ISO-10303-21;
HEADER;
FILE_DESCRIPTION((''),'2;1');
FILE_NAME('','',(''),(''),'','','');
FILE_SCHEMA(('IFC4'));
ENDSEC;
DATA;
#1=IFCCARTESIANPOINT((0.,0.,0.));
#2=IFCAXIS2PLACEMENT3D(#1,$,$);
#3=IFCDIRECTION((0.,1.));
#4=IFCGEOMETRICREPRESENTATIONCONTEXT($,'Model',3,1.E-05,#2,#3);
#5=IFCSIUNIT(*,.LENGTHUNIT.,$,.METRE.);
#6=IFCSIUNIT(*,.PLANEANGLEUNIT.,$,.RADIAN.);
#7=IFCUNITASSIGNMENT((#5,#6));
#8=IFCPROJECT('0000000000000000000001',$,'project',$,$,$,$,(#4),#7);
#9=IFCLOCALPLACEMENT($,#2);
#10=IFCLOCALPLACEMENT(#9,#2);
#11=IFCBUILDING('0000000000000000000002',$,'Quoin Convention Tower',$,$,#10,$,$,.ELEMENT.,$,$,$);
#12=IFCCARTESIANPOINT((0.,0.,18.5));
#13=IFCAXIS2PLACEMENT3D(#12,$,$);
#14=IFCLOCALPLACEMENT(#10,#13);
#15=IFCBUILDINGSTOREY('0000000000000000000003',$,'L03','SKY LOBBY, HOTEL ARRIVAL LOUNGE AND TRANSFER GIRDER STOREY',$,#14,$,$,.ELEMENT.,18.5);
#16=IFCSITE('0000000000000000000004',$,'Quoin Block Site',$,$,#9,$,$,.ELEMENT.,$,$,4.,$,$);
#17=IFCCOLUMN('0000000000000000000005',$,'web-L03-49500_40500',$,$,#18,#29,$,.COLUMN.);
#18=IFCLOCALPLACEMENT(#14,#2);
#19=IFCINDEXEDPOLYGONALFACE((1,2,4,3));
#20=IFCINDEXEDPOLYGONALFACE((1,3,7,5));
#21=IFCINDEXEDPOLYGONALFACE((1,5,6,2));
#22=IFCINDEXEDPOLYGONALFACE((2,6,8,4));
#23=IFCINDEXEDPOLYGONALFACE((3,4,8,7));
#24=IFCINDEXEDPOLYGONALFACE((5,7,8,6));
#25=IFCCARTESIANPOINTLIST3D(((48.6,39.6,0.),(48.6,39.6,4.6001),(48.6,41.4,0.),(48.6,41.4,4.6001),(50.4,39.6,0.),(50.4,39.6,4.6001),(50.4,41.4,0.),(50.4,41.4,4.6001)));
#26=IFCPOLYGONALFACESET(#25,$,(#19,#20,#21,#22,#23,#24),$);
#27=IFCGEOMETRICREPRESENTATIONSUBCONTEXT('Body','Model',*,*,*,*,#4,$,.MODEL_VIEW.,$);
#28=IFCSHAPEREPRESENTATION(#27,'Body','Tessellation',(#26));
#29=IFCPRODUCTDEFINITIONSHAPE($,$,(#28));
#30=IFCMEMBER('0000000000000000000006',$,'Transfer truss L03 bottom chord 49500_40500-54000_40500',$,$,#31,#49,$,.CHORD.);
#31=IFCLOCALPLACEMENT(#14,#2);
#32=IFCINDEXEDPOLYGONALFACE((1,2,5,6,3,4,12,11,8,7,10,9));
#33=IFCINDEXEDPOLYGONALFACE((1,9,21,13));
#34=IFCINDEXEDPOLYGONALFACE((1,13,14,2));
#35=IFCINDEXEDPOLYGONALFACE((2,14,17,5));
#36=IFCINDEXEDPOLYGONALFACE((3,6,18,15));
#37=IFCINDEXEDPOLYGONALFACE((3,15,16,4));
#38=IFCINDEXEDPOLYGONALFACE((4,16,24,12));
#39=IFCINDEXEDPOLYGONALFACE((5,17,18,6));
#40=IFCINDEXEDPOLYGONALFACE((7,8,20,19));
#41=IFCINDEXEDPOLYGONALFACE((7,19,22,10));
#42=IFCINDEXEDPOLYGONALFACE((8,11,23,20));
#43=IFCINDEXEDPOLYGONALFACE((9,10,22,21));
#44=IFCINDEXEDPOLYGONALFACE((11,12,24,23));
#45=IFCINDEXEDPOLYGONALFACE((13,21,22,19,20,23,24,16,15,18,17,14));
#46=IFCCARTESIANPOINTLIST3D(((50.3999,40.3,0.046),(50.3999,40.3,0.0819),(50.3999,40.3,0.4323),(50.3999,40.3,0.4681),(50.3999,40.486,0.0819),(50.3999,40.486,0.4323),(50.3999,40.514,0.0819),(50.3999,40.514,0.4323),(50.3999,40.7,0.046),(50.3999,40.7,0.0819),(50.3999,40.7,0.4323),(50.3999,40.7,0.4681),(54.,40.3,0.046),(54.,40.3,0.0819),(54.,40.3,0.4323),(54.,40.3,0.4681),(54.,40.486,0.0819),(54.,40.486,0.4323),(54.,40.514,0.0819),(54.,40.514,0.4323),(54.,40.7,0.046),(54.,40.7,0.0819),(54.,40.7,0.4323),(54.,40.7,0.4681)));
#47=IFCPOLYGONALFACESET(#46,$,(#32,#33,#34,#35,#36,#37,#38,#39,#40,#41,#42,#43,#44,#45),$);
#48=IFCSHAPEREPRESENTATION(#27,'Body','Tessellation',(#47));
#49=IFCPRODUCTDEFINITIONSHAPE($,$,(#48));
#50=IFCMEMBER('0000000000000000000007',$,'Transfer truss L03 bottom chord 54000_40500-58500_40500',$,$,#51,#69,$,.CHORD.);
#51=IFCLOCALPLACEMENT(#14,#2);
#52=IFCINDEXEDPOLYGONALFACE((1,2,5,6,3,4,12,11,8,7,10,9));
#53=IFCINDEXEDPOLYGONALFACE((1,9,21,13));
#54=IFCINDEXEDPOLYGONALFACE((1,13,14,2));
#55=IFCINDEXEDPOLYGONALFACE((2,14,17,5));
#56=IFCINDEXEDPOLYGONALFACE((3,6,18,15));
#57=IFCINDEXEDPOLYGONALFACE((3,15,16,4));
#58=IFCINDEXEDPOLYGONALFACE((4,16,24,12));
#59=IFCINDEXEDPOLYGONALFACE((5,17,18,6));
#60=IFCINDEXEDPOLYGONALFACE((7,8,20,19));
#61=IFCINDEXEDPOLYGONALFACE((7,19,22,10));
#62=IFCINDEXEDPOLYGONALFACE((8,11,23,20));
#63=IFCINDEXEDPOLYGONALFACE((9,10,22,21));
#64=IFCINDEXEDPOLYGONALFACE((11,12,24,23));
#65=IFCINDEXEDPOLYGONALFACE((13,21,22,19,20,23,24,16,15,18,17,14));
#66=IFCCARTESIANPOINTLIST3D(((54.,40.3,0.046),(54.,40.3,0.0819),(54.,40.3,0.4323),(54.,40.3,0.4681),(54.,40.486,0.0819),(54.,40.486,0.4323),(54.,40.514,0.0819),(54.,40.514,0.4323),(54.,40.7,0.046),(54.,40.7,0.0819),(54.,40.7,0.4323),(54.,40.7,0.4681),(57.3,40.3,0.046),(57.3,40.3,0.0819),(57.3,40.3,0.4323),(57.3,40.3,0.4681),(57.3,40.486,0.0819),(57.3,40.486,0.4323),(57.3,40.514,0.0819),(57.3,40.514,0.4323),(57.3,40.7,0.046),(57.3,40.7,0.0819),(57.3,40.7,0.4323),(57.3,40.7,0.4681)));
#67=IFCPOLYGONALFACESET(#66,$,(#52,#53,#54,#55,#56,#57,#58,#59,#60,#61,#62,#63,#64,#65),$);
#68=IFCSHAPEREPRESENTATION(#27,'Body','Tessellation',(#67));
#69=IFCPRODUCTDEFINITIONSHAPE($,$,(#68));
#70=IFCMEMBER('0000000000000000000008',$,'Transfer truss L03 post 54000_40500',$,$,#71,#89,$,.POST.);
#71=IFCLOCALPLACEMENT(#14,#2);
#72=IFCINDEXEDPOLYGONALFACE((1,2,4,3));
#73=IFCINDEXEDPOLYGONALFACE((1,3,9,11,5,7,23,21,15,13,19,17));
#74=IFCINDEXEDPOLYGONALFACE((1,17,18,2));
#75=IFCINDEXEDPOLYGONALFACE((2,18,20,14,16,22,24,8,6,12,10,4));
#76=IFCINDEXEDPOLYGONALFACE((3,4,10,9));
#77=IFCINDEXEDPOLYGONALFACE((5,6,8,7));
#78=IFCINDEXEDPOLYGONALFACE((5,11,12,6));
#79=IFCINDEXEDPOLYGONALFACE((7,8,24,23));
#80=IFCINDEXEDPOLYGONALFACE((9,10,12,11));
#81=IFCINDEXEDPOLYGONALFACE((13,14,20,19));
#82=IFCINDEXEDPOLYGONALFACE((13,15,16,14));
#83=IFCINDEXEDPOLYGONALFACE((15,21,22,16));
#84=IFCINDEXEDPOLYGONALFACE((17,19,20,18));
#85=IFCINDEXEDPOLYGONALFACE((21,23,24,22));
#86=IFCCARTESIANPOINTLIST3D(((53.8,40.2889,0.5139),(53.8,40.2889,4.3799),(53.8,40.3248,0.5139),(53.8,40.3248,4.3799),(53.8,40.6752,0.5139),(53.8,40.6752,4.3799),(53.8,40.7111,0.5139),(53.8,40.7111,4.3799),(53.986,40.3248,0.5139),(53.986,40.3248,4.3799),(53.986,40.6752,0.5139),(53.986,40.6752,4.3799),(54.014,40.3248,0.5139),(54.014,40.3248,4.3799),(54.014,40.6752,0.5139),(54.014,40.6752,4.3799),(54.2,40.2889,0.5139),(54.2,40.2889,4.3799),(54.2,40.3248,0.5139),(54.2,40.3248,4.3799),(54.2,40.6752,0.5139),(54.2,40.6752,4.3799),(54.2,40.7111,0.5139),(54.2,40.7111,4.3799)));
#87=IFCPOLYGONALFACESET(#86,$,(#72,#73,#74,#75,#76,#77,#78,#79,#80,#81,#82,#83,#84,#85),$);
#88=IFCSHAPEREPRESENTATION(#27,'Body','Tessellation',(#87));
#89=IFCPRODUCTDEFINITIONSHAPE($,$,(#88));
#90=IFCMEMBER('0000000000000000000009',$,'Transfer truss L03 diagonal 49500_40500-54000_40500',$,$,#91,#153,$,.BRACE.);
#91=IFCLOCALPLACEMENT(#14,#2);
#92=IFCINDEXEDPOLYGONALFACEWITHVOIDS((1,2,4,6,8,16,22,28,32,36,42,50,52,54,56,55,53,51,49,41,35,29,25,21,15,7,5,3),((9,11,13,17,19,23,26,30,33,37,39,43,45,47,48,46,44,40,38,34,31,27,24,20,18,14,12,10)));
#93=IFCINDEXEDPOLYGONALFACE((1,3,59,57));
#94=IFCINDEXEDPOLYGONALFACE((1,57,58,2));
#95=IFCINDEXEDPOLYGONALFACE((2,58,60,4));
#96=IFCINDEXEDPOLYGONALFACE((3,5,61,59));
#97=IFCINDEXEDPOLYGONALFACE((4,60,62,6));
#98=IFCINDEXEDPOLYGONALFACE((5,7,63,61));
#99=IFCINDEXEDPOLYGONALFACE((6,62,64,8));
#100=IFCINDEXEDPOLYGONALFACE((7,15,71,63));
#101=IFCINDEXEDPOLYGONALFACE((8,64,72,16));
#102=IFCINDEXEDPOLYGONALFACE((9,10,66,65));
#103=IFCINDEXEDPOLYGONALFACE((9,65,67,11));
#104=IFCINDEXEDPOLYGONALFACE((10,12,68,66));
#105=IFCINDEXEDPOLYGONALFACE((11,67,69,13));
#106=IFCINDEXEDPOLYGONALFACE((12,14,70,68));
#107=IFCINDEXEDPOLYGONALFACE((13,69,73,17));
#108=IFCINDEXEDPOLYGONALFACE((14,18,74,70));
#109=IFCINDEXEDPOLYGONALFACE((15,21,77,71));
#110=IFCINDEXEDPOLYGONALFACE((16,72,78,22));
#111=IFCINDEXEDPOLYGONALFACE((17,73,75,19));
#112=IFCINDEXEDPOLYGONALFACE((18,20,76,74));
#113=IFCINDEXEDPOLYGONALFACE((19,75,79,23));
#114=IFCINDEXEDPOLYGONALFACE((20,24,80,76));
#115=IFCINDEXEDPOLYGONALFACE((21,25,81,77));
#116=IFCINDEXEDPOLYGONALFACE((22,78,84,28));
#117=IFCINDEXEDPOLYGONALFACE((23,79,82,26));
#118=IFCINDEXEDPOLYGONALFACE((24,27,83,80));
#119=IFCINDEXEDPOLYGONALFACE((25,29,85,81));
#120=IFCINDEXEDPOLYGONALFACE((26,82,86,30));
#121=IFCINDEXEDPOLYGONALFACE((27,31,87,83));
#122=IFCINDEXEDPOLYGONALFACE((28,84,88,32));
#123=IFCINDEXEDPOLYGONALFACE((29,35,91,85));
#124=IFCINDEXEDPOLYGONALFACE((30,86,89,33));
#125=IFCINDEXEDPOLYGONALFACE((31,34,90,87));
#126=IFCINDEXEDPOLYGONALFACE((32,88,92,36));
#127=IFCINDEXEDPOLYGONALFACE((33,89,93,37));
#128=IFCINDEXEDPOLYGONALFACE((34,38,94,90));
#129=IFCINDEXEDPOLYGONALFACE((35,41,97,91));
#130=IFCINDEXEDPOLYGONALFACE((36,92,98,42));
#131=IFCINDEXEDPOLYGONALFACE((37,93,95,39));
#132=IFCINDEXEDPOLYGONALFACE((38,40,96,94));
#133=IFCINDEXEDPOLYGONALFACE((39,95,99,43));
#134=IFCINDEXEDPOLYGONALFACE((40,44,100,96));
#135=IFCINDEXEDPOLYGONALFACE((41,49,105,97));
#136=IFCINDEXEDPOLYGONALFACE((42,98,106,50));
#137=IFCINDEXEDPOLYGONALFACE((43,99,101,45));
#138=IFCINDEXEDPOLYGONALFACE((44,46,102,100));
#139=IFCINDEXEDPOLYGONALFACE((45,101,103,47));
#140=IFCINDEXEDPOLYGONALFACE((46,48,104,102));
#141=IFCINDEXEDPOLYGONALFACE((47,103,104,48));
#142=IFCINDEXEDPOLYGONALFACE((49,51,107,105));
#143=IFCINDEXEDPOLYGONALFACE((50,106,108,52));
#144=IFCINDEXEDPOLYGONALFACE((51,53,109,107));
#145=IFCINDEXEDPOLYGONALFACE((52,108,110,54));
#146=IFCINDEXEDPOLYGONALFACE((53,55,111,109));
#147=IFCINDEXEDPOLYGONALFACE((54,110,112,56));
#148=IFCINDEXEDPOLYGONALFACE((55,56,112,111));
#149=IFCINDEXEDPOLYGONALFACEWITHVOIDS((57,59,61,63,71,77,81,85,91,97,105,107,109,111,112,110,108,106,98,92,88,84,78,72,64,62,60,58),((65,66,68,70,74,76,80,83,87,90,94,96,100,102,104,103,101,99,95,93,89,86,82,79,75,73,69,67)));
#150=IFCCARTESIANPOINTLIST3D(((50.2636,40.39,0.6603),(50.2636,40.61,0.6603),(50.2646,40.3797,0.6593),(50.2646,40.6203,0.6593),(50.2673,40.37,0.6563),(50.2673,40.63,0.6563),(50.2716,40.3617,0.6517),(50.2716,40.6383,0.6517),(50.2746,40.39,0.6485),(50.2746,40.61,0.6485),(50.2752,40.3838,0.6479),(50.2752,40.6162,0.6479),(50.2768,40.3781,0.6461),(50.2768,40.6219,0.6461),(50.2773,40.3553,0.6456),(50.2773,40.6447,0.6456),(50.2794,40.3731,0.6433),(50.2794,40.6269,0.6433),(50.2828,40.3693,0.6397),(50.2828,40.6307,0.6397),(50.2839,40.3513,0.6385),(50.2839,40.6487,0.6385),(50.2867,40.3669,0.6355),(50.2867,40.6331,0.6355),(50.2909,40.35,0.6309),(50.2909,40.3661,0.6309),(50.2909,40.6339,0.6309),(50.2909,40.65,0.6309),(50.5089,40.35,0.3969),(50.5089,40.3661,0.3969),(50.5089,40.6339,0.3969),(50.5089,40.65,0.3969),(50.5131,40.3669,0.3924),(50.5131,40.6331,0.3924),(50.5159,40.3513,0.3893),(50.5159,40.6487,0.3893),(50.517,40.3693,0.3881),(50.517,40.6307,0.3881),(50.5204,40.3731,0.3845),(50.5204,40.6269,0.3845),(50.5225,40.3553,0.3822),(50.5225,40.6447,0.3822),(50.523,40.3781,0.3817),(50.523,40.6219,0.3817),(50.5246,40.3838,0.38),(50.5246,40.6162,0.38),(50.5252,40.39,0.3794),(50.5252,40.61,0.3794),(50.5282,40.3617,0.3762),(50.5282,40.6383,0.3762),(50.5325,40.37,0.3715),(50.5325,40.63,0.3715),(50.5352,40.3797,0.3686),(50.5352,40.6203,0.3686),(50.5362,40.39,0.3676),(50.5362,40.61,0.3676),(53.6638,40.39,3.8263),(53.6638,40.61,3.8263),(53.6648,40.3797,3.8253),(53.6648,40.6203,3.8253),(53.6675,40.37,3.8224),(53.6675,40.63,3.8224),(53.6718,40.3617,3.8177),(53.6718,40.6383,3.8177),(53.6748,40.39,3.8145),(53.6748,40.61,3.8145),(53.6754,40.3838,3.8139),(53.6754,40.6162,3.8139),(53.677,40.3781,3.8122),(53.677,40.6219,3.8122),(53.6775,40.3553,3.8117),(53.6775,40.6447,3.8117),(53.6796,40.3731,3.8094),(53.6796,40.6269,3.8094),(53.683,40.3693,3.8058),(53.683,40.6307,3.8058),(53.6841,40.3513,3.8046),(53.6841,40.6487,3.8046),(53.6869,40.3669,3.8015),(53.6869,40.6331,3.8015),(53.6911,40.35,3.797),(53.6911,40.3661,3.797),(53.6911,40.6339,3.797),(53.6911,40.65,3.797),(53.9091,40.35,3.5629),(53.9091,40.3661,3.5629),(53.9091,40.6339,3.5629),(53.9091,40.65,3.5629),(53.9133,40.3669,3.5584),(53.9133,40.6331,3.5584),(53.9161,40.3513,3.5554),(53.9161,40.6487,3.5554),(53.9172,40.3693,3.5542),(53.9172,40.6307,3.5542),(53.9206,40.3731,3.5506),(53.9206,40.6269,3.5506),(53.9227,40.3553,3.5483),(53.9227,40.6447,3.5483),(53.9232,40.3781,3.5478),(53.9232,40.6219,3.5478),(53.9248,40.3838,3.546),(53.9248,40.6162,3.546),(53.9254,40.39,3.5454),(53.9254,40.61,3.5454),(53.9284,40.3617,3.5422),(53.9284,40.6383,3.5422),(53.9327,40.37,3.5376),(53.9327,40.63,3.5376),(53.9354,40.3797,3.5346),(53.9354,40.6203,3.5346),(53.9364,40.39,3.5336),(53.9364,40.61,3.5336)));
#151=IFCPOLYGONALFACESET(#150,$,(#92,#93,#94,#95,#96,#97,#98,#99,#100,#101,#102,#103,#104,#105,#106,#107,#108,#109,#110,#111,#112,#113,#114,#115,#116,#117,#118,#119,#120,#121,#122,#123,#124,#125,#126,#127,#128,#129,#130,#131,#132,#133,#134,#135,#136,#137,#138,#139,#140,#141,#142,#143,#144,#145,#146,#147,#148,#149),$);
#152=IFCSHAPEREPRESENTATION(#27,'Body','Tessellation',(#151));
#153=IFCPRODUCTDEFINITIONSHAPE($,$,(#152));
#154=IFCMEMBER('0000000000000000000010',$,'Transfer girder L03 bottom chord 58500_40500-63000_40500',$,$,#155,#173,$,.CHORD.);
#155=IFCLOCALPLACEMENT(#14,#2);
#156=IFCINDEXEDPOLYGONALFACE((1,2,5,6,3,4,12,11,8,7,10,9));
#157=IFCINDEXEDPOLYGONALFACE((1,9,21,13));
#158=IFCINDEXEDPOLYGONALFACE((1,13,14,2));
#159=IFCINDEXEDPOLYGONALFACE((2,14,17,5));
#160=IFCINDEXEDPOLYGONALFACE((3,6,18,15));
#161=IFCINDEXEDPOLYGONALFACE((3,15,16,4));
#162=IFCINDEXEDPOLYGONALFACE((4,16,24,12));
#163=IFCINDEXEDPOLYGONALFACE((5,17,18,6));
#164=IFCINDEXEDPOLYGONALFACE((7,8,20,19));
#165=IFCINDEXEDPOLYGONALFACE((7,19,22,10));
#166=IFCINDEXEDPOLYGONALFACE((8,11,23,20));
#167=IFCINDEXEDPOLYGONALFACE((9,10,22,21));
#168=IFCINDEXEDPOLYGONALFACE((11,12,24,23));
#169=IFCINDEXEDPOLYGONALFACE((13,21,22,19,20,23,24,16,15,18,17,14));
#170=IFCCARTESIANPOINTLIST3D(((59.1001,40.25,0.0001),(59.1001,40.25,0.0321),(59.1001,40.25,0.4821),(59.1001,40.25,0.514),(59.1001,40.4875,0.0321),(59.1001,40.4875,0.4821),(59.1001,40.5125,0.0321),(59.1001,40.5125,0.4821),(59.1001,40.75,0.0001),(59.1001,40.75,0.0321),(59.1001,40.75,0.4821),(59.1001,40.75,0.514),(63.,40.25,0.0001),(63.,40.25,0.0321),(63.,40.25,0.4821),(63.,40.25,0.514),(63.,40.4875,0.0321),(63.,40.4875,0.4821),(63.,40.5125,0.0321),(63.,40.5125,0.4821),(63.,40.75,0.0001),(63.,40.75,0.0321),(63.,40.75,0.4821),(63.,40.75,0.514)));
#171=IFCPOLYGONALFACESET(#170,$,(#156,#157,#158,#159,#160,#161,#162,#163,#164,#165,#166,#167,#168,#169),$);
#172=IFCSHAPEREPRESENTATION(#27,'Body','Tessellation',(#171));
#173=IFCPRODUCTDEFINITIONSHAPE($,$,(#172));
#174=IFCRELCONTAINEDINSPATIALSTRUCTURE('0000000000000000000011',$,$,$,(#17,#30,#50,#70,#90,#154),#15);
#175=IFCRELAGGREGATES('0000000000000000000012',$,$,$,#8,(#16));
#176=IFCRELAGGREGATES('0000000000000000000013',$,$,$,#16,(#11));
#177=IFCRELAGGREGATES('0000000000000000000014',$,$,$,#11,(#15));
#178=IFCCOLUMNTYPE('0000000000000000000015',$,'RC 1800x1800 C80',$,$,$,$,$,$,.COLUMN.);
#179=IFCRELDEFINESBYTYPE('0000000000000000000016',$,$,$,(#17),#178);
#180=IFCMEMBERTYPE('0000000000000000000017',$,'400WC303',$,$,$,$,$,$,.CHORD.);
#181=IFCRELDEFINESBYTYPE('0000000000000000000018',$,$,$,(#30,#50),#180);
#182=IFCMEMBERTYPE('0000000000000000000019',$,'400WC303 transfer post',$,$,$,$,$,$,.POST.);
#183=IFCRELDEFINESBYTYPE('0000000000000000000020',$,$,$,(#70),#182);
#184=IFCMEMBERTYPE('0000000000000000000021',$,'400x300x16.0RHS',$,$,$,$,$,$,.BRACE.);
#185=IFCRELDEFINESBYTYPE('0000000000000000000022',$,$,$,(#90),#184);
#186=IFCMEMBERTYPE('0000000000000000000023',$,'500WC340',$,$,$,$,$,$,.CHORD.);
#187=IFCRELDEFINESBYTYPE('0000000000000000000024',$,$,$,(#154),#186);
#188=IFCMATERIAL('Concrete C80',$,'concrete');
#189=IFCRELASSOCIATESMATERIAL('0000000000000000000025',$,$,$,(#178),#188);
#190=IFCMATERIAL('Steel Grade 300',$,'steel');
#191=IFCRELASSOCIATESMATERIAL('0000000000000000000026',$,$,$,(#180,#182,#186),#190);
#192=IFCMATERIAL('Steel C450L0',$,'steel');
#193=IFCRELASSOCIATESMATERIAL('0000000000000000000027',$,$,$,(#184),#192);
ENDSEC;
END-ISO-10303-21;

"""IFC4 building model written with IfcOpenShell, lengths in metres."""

from ifc_helpers import new_model, si_unit, direction, frame, origin, origin_2d, place, context, subcontext, project, spatial, rectangle, hollow_rectangle, i_section, extrude, material, material_profile, profile_set, type_object, element, save


model = new_model("IFC4")

# Units and contexts
model_context = context("Model", 3, precision=1e-05, world=origin(), true_north=direction((0.0, 1.0)))
body_context = subcontext(model_context, "Body", "Model", "MODEL_VIEW")
ifc_project = project(units=[si_unit("LENGTHUNIT", "METRE"), si_unit("PLANEANGLEUNIT", "RADIAN")], contexts=[model_context])

# Site, building, storey
site_placement = place(None, origin())
site = spatial("IfcSite", under=ifc_project, at=site_placement, Name="Quoin Block Site", CompositionType="ELEMENT", RefElevation=4.0)
building_placement = place(site_placement, origin())
building = spatial("IfcBuilding", under=site, at=building_placement, Name="Quoin Convention Tower", CompositionType="ELEMENT")
storey_placement = place(building_placement, frame((0.0, 0.0, 18.5)))
storey = spatial("IfcBuildingStorey", under=building, at=storey_placement, Name="L03", Description="SKY LOBBY, HOTEL ARRIVAL LOUNGE AND TRANSFER GIRDER STOREY", CompositionType="ELEMENT", Elevation=18.5)

# Column
ifc_material_1 = material(Name="Concrete C80", Category="concrete")
ifc_material_profile_1 = material_profile(ifc_material_1, rectangle(XDim=1.8, YDim=1.8, at=origin_2d()), Name="RC 1800x1800")
ifc_profile_set_1 = profile_set([ifc_material_profile_1], Name="Concrete C80")
column_type = type_object("IfcColumnType", Name="RC 1800x1800 C80", PredefinedType="COLUMN", material=ifc_profile_set_1)
column_placement = place(storey_placement, frame((49.5, 40.5, 0.0), z_axis=(0.0, 0.0, 1.0), x_axis=(1.0, 0.0, 0.0)))
element("IfcColumn", 1, at=column_placement, inside=storey, type_object=column_type, Name="web-L03-49500_40500", PredefinedType="COLUMN", context=body_context, shape_type="SweptSolid", body=[
    extrude(rectangle(XDim=1.8, YDim=1.8, at=origin_2d()), origin(), (0.0, 0.0, 1.0), 4.6001),
])

# Members
ifc_material_2 = material(Name="Steel Grade 300", Category="steel")
ifc_material_profile_2 = material_profile(ifc_material_2, i_section(OverallWidth=0.3999, OverallDepth=0.4221, WebThickness=0.0281, FlangeThickness=0.0359, at=origin_2d()), Name="400WC303")
ifc_profile_set_2 = profile_set([ifc_material_profile_2], Name="Steel Grade 300")
member_type_1 = type_object("IfcMemberType", Name="400WC303", PredefinedType="CHORD", material=ifc_profile_set_2)
member_1_placement = place(storey_placement, frame((50.3999, 40.5, 0.2571), z_axis=(1.0, 0.0, 0.0), x_axis=(0.0, 1.0, 0.0)))
element("IfcMember", 2, at=member_1_placement, inside=storey, type_object=member_type_1, Name="Transfer truss L03 bottom chord 49500_40500-54000_40500", PredefinedType="CHORD", context=body_context, shape_type="SweptSolid", body=[
    extrude(i_section(OverallWidth=0.3999, OverallDepth=0.4221, WebThickness=0.0281, FlangeThickness=0.0359, at=origin_2d()), origin(), (0.0, 0.0, 1.0), 3.6001),
])
member_2_placement = place(storey_placement, frame((54.0, 40.5, 0.2571), z_axis=(1.0, 0.0, 0.0), x_axis=(0.0, 1.0, 0.0)))
element("IfcMember", 3, at=member_2_placement, inside=storey, type_object=member_type_1, Name="Transfer truss L03 bottom chord 54000_40500-58500_40500", PredefinedType="CHORD", context=body_context, shape_type="SweptSolid", body=[
    extrude(i_section(OverallWidth=0.3999, OverallDepth=0.4221, WebThickness=0.0281, FlangeThickness=0.0359, at=origin_2d()), origin(), (0.0, 0.0, 1.0), 3.3),
])
ifc_material_profile_3 = material_profile(ifc_material_2, i_section(OverallWidth=0.3999, OverallDepth=0.4221, WebThickness=0.0281, FlangeThickness=0.0359, at=origin_2d()), Name="400WC303")
ifc_profile_set_3 = profile_set([ifc_material_profile_3], Name="Steel Grade 300")
member_type_2 = type_object("IfcMemberType", Name="400WC303 transfer post", PredefinedType="POST", material=ifc_profile_set_3)
member_3_placement = place(storey_placement, frame((54.0, 40.5, 0.5139), z_axis=(0.0, 0.0, 1.0), x_axis=(1.0, 0.0, 0.0)))
element("IfcMember", 4, at=member_3_placement, inside=storey, type_object=member_type_2, Name="Transfer truss L03 post 54000_40500", PredefinedType="POST", context=body_context, shape_type="SweptSolid", body=[
    extrude(i_section(OverallWidth=0.3999, OverallDepth=0.4221, WebThickness=0.0281, FlangeThickness=0.0359, at=origin_2d()), origin(), (0.0, 0.0, 1.0), 3.866),
])
ifc_material_3 = material(Name="Steel C450L0", Category="steel")
ifc_material_profile_4 = material_profile(ifc_material_3, hollow_rectangle(XDim=0.3, YDim=0.3999, WallThickness=0.0161, InnerFilletRadius=0.0239, OuterFilletRadius=0.04, at=origin_2d()), Name="400x300x16.0RHS")
ifc_profile_set_4 = profile_set([ifc_material_profile_4], Name="Steel C450L0")
member_type_3 = type_object("IfcMemberType", Name="400x300x16.0RHS", PredefinedType="BRACE", material=ifc_profile_set_4)
member_4_placement = place(storey_placement, frame((50.3999, 40.5, 0.5139), z_axis=(0.731855, 0.0, 0.68146), x_axis=(0.0, 1.0, 0.0)))
element("IfcMember", 5, at=member_4_placement, inside=storey, type_object=member_type_3, Name="Transfer truss L03 diagonal 49500_40500-54000_40500", PredefinedType="BRACE", context=body_context, shape_type="SweptSolid", body=[
    extrude(hollow_rectangle(XDim=0.3, YDim=0.3999, WallThickness=0.0161, InnerFilletRadius=0.0239, OuterFilletRadius=0.04, at=origin_2d()), origin(), (0.0, 0.0, 1.0), 4.646),
])
ifc_material_profile_5 = material_profile(ifc_material_2, i_section(OverallWidth=0.5, OverallDepth=0.5139, WebThickness=0.0249, FlangeThickness=0.032, at=origin_2d()), Name="500WC340")
ifc_profile_set_5 = profile_set([ifc_material_profile_5], Name="Steel Grade 300")
member_type_4 = type_object("IfcMemberType", Name="500WC340", PredefinedType="CHORD", material=ifc_profile_set_5)
member_5_placement = place(storey_placement, frame((59.1001, 40.5, 0.2571), z_axis=(1.0, 0.0, 0.0), x_axis=(0.0, 1.0, 0.0)))
element("IfcMember", 6, at=member_5_placement, inside=storey, type_object=member_type_4, Name="Transfer girder L03 bottom chord 58500_40500-63000_40500", PredefinedType="CHORD", context=body_context, shape_type="SweptSolid", body=[
    extrude(i_section(OverallWidth=0.5, OverallDepth=0.5139, WebThickness=0.0249, FlangeThickness=0.032, at=origin_2d()), origin(), (0.0, 0.0, 1.0), 3.8999),
])

save(model, "model.ifc")
